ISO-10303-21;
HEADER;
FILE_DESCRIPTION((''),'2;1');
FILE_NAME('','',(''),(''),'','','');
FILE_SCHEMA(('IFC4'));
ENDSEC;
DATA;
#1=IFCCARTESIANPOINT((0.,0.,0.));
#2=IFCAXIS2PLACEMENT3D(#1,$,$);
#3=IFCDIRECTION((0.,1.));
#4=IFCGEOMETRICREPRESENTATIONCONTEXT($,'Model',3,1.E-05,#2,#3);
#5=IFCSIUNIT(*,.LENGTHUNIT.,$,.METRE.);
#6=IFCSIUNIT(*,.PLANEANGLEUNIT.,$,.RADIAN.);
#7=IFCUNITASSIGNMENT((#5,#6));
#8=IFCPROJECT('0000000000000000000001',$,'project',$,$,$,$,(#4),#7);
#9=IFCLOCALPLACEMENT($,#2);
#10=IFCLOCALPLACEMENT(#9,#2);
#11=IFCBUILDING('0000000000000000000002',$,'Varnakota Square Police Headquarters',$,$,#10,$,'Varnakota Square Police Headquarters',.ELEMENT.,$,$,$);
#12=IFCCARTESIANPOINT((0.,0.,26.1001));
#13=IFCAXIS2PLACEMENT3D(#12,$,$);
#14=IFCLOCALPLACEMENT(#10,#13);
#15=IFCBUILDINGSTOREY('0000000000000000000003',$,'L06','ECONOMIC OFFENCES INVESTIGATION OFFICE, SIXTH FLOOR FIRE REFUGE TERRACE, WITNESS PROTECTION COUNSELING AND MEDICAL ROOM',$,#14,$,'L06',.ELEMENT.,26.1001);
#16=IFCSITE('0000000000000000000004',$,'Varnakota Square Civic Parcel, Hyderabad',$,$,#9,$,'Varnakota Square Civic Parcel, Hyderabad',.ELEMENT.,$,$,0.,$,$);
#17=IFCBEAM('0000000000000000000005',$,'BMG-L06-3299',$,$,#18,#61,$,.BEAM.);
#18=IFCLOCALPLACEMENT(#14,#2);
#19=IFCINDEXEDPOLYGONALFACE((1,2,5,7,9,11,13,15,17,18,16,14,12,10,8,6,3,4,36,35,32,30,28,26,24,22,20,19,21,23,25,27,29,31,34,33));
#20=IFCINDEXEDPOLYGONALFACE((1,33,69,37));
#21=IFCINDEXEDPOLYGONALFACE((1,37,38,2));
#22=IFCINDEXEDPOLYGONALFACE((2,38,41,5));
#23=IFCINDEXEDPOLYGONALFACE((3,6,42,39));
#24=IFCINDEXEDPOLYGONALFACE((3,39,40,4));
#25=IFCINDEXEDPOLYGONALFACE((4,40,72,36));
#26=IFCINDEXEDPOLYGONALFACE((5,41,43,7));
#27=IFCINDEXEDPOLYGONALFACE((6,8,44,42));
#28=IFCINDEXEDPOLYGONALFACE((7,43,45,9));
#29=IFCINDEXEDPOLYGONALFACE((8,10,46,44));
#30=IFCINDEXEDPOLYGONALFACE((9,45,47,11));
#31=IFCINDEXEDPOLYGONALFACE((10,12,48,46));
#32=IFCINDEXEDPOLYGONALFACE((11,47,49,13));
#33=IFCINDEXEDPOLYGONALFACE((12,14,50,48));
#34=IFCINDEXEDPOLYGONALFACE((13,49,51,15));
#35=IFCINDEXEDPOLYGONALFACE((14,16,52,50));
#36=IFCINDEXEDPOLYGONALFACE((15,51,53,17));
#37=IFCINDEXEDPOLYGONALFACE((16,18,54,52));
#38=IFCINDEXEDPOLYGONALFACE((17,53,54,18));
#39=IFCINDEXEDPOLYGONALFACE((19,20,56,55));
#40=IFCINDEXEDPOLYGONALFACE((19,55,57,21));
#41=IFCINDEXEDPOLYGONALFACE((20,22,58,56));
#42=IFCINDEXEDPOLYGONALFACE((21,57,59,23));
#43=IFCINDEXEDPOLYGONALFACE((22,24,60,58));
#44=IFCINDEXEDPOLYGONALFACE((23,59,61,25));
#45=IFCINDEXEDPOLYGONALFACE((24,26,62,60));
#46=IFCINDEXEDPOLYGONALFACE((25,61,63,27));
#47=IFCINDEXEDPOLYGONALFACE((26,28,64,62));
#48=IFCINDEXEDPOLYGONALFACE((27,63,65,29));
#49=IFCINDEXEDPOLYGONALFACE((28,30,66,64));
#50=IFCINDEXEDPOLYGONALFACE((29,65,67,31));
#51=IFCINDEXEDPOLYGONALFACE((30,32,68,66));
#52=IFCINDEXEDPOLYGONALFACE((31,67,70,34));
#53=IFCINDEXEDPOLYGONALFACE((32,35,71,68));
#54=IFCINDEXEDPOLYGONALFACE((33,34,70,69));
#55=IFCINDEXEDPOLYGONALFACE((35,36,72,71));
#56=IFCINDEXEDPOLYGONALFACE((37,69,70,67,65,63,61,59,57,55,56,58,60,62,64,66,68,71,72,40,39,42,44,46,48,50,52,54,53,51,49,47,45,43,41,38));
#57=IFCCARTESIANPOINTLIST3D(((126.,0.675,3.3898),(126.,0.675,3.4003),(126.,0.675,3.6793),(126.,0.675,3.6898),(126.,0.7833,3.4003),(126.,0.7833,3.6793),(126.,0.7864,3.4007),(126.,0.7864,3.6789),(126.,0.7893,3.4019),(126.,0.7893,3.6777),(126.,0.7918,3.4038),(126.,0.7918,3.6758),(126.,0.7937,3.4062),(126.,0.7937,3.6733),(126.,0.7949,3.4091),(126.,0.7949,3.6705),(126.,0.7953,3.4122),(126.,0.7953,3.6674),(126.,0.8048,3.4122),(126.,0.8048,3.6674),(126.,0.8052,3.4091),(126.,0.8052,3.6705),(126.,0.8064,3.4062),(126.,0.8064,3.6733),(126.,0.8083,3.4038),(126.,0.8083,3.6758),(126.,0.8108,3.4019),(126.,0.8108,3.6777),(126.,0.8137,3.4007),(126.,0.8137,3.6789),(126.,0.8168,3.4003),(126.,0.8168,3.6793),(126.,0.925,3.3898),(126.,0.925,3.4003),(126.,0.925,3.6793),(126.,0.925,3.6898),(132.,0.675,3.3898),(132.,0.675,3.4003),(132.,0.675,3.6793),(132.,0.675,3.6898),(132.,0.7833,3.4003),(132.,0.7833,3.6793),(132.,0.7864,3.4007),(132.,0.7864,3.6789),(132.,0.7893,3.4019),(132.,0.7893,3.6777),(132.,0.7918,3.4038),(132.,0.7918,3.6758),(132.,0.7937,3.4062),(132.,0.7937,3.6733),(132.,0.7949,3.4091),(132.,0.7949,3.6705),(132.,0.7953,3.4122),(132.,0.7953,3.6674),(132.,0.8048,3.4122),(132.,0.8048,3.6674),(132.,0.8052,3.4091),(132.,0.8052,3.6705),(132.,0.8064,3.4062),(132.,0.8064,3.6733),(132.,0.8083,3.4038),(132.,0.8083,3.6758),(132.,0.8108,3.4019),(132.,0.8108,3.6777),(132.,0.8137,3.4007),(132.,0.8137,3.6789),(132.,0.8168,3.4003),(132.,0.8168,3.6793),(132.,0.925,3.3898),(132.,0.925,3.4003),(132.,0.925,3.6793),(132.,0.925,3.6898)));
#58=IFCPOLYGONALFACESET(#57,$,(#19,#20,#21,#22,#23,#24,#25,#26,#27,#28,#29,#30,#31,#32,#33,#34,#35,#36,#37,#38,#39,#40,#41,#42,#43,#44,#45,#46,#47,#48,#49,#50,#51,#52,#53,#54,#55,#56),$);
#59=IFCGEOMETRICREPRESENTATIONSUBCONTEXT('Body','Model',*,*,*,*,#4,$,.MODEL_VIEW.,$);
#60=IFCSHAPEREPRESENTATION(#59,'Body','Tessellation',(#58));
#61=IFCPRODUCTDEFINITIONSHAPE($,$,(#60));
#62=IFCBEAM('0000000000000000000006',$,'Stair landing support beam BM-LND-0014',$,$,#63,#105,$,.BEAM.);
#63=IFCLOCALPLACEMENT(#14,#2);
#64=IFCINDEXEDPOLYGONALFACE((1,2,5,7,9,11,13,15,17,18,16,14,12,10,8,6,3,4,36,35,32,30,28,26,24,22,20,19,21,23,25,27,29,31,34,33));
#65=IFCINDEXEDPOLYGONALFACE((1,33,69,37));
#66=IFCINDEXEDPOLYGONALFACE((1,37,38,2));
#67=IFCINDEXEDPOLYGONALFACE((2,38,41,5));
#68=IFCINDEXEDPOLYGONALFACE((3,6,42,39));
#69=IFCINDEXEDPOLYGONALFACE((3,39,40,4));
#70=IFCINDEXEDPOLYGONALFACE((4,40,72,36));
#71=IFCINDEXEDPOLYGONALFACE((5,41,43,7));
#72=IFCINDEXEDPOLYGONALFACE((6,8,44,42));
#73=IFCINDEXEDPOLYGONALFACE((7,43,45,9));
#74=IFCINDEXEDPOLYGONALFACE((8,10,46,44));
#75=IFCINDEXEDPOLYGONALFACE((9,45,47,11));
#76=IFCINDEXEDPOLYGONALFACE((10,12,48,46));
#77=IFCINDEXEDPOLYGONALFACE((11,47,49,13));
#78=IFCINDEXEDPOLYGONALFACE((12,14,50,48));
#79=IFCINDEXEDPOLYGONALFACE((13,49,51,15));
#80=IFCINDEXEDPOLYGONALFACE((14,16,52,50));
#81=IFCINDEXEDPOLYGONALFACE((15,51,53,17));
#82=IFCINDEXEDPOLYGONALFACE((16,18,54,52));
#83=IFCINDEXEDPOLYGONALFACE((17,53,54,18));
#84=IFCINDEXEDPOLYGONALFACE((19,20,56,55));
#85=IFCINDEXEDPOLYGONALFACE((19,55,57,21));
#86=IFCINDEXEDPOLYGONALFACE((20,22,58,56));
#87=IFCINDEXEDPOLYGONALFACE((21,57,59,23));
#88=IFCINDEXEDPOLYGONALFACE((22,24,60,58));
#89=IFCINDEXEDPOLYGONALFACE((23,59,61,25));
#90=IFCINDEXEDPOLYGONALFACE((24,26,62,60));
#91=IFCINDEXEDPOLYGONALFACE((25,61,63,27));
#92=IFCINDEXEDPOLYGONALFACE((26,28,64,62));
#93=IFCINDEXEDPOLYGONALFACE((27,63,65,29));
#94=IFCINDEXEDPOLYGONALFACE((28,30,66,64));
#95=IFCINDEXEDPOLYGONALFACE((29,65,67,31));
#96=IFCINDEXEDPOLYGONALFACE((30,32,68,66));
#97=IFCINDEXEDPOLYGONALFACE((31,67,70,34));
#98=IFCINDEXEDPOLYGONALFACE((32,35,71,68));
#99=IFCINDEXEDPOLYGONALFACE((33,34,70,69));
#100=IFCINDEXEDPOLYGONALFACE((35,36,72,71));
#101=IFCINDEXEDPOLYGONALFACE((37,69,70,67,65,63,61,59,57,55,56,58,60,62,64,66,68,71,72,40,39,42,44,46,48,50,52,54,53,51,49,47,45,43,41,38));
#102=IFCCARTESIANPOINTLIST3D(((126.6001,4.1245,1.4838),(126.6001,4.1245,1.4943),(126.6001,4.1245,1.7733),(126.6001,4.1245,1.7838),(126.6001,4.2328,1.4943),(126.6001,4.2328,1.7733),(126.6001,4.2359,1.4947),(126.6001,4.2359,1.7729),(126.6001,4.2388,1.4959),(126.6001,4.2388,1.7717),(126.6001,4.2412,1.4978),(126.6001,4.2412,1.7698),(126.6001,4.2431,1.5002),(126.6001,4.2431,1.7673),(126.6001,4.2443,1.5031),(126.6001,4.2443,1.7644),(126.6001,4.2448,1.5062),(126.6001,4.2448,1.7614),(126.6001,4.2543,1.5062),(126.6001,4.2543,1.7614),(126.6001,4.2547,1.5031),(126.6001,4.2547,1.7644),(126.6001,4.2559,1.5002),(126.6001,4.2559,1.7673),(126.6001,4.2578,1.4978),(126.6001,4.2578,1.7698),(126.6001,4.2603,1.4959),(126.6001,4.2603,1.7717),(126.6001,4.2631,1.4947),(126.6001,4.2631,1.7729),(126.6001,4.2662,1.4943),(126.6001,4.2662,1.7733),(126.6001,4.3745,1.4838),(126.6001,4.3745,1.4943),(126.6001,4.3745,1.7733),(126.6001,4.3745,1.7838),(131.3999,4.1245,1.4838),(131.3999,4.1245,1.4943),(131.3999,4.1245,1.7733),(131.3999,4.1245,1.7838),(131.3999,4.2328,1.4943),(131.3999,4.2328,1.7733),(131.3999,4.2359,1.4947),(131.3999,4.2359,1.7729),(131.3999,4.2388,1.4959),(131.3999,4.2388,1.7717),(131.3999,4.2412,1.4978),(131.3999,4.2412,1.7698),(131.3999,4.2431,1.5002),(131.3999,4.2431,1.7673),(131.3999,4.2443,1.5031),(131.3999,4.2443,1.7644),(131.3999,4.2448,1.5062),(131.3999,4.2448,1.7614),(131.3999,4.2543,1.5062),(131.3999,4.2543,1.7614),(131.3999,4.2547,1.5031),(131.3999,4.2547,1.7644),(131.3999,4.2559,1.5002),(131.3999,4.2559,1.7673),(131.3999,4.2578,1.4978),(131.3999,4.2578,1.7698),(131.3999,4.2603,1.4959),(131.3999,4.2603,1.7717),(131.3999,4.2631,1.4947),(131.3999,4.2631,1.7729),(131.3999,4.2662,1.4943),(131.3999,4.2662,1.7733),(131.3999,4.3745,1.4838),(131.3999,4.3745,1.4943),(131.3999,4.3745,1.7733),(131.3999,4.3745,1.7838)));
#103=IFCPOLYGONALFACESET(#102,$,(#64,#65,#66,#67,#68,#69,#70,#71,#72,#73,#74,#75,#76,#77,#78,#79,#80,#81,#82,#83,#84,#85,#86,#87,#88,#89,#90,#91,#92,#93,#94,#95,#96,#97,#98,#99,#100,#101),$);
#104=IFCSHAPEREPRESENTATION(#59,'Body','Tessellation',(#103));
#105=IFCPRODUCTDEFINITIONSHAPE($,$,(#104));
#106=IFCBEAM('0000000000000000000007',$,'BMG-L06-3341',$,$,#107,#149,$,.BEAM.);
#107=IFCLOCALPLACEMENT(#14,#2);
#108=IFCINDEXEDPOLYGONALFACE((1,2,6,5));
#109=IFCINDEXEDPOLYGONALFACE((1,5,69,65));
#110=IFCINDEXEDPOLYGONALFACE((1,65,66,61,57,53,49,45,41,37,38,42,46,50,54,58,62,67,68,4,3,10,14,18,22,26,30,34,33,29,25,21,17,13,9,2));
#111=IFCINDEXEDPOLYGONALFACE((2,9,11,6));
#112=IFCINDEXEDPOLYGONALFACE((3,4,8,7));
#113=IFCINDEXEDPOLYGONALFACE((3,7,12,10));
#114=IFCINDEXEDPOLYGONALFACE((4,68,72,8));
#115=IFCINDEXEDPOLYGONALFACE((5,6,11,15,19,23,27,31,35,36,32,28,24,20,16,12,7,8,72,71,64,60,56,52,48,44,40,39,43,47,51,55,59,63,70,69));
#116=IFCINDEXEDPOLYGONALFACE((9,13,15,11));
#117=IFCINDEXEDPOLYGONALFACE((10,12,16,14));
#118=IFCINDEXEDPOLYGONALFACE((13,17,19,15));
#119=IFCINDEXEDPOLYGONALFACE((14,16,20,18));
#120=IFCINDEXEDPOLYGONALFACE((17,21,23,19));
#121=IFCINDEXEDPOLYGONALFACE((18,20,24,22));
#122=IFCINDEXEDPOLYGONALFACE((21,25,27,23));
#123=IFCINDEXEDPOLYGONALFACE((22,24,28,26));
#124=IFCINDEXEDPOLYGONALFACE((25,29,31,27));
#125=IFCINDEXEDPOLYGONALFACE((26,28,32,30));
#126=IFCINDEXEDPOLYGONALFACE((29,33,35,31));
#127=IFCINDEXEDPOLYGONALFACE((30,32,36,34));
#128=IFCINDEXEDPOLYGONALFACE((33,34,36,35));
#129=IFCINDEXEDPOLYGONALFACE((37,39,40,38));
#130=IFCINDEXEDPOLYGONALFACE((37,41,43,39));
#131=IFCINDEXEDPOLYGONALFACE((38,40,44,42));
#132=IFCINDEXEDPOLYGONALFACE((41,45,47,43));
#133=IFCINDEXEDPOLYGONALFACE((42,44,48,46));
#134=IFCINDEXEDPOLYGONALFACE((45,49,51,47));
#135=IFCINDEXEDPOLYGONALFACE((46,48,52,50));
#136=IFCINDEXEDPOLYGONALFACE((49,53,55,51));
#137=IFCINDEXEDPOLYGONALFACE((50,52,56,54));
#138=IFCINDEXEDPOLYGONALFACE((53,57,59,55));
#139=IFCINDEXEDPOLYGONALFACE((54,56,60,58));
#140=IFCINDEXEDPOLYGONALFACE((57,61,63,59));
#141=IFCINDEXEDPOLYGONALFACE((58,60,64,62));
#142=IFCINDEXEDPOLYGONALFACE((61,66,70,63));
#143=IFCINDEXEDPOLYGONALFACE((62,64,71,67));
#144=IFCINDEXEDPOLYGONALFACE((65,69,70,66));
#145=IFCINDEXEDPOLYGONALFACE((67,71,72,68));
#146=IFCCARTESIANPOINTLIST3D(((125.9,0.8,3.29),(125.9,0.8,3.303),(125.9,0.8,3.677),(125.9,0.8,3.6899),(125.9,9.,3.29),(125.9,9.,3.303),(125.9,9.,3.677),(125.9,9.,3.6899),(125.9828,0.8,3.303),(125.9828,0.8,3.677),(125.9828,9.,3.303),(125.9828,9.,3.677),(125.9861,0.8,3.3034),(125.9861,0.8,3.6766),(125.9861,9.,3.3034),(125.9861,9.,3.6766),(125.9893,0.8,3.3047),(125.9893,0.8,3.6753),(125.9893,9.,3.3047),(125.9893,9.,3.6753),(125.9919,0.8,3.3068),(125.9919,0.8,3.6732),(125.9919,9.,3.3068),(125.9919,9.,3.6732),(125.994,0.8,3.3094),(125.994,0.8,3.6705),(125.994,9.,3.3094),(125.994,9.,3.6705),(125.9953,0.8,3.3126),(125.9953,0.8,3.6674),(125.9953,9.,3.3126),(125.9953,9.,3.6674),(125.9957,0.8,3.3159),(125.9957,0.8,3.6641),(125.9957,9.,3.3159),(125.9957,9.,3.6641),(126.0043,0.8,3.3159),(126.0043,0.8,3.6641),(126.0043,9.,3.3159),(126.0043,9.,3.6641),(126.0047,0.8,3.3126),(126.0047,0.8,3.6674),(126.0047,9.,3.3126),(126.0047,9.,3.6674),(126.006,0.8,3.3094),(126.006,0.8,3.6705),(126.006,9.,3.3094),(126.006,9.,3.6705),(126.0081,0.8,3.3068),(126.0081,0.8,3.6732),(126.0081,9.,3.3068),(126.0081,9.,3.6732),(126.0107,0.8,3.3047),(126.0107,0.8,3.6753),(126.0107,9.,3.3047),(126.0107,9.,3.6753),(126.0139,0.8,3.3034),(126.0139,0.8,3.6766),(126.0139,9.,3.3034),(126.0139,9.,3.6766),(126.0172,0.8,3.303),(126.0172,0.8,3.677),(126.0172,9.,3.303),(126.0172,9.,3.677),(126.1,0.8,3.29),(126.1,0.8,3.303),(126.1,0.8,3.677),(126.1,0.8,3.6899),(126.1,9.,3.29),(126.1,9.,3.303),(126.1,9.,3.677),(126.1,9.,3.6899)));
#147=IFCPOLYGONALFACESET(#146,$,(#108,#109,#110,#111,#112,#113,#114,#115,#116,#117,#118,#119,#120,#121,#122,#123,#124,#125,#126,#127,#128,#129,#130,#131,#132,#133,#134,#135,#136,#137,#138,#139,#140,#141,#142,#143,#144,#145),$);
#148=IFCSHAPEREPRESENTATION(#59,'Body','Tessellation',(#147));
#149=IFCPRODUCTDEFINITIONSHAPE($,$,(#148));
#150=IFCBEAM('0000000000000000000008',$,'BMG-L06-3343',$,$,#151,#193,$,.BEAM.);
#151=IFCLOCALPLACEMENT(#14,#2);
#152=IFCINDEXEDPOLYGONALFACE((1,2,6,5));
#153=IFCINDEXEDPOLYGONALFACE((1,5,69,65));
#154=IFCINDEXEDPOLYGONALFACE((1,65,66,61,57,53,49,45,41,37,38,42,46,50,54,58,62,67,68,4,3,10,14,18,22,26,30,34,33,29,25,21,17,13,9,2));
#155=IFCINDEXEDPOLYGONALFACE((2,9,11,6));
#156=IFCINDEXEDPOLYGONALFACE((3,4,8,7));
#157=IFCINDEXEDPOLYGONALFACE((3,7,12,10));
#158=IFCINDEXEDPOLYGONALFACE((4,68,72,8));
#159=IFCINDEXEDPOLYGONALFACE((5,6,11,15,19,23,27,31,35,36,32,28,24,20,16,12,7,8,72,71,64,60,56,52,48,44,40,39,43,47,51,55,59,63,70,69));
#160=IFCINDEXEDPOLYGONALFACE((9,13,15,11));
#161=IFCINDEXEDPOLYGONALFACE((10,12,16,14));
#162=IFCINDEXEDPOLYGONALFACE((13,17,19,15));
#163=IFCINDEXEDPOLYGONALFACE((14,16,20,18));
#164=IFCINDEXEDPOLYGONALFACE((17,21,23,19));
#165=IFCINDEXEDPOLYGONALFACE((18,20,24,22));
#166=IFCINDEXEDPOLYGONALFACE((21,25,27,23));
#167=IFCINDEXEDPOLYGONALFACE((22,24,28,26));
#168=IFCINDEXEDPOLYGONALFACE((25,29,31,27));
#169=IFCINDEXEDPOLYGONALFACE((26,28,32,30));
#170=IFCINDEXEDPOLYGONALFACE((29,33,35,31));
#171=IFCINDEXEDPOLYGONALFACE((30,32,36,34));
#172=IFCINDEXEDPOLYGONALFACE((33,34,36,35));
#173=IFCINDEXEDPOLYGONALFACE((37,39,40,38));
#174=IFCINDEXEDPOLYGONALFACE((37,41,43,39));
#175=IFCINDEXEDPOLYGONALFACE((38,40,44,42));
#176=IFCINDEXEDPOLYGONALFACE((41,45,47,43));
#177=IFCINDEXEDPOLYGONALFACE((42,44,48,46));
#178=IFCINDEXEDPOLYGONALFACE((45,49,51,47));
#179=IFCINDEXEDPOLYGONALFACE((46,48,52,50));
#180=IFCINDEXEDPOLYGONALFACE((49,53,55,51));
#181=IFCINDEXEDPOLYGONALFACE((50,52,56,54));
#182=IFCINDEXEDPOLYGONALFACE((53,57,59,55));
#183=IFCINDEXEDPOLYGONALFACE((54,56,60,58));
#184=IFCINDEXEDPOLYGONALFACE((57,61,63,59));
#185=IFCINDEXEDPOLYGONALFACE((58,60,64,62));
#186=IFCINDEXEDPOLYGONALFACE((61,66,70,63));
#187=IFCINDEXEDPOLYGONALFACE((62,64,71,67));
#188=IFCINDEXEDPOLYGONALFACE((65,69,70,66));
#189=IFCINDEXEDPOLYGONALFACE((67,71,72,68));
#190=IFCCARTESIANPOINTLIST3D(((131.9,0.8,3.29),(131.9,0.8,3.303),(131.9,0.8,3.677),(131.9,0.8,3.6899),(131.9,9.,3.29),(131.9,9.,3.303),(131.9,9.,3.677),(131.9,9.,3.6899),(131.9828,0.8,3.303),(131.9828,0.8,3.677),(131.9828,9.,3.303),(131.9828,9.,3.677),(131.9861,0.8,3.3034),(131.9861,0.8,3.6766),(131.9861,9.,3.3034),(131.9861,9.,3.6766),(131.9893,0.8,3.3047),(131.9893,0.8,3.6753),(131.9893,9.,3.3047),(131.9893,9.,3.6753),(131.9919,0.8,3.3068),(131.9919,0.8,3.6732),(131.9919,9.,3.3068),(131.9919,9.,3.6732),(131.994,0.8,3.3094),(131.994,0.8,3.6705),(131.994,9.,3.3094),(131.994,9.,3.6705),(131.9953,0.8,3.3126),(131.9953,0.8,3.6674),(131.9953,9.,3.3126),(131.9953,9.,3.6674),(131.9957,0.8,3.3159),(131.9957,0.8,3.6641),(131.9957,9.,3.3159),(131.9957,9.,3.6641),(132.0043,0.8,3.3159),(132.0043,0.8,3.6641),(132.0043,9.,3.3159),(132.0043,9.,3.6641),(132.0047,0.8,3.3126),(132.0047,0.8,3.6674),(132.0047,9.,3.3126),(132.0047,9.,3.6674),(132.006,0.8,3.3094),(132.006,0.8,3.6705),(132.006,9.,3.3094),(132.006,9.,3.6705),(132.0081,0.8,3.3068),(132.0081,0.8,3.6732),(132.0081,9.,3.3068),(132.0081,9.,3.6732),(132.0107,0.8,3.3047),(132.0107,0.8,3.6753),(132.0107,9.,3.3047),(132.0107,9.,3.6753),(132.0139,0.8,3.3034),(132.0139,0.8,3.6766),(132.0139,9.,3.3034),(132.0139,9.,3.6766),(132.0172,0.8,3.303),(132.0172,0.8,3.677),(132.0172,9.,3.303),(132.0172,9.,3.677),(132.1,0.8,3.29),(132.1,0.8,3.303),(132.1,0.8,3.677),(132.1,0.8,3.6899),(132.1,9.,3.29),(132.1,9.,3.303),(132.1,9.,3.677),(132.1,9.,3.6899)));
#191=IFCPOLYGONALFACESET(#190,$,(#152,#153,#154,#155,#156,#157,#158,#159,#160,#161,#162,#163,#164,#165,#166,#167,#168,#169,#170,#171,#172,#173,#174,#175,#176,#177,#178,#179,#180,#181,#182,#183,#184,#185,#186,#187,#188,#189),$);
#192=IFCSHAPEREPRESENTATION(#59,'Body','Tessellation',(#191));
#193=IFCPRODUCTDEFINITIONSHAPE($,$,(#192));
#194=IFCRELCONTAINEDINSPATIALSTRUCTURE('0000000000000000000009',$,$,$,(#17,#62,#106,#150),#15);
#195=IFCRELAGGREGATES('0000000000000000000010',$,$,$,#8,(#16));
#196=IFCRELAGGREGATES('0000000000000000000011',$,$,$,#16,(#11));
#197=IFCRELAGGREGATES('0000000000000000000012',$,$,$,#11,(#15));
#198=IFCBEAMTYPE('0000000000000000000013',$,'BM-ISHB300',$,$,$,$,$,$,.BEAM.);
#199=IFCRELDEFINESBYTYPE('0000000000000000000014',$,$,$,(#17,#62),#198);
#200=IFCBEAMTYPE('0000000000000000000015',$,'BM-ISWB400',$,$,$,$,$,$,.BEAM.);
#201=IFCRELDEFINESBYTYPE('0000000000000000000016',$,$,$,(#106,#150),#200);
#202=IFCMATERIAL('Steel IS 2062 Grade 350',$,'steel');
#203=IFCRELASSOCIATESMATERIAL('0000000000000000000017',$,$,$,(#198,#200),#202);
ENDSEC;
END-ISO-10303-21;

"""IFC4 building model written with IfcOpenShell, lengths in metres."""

from ifc_helpers import new_model, si_unit, direction, frame, origin, origin_2d, place, context, subcontext, project, spatial, i_section, extrude, material, material_profile, profile_set, type_object, element, save


model = new_model("IFC4")

# Units and contexts
model_context = context("Model", 3, precision=1e-05, world=origin(), true_north=direction((0.0, 1.0)))
body_context = subcontext(model_context, "Body", "Model", "MODEL_VIEW")
ifc_project = project(units=[si_unit("LENGTHUNIT", "METRE"), si_unit("PLANEANGLEUNIT", "RADIAN")], contexts=[model_context])

# Site, building, storey
site_placement = place(None, origin())
site = spatial("IfcSite", under=ifc_project, at=site_placement, Name="Varnakota Square Civic Parcel, Hyderabad", LongName="Varnakota Square Civic Parcel, Hyderabad", CompositionType="ELEMENT", RefElevation=0.0)
building_placement = place(site_placement, origin())
building = spatial("IfcBuilding", under=site, at=building_placement, Name="Varnakota Square Police Headquarters", LongName="Varnakota Square Police Headquarters", CompositionType="ELEMENT")
storey_placement = place(building_placement, frame((0.0, 0.0, 26.1001)))
storey = spatial("IfcBuildingStorey", under=building, at=storey_placement, Name="L06", Description="ECONOMIC OFFENCES INVESTIGATION OFFICE, SIXTH FLOOR FIRE REFUGE TERRACE, WITNESS PROTECTION COUNSELING AND MEDICAL ROOM", LongName="L06", CompositionType="ELEMENT", Elevation=26.1001)

# Shared definitions
ifc_material_1 = material(Name="Steel IS 2062 Grade 350", Category="steel")

# Beams
ifc_material_profile_1 = material_profile(ifc_material_1, i_section(OverallWidth=0.25, OverallDepth=0.3, WebThickness=0.0095, FlangeThickness=0.0105, FilletRadius=0.012, at=origin_2d()), Name="ISHB 300")
ifc_profile_set_1 = profile_set([ifc_material_profile_1], Name="Steel IS 2062 Grade 350")
beam_type_1 = type_object("IfcBeamType", Name="BM-ISHB300", PredefinedType="BEAM", material=ifc_profile_set_1)
beam_1_placement = place(storey_placement, frame((126.0, 0.8, 3.5398), z_axis=(1.0, 0.0, 0.0), x_axis=(0.0, 1.0, 0.0)))
element("IfcBeam", 1, at=beam_1_placement, inside=storey, type_object=beam_type_1, Name="BMG-L06-3299", PredefinedType="BEAM", context=body_context, shape_type="SweptSolid", body=[
    extrude(i_section(OverallWidth=0.25, OverallDepth=0.3, WebThickness=0.0095, FlangeThickness=0.0105, FilletRadius=0.012, at=origin_2d()), origin(), (0.0, 0.0, 1.0), 6.0),
])
beam_2_placement = place(storey_placement, frame((126.6001, 4.2495, 1.6338), z_axis=(1.0, 0.0, 0.0), x_axis=(0.0, 1.0, 0.0)))
element("IfcBeam", 2, at=beam_2_placement, inside=storey, type_object=beam_type_1, Name="Stair landing support beam BM-LND-0014", PredefinedType="BEAM", context=body_context, shape_type="SweptSolid", body=[
    extrude(i_section(OverallWidth=0.25, OverallDepth=0.3, WebThickness=0.0095, FlangeThickness=0.0105, FilletRadius=0.012, at=origin_2d()), origin(), (0.0, 0.0, 1.0), 4.7998),
])
ifc_material_profile_2 = material_profile(ifc_material_1, i_section(OverallWidth=0.2, OverallDepth=0.3999, WebThickness=0.0085, FlangeThickness=0.0129, FilletRadius=0.0129, at=origin_2d()), Name="ISWB 400")
ifc_profile_set_2 = profile_set([ifc_material_profile_2], Name="Steel IS 2062 Grade 350")
beam_type_2 = type_object("IfcBeamType", Name="BM-ISWB400", PredefinedType="BEAM", material=ifc_profile_set_2)
for number, where, z_axis, x_axis, name in (
    (3, (126.0, 0.8, 3.49), (0.0, 1.0, 0.0), (-1.0, 0.0, 0.0), "BMG-L06-3341"),
    (4, (132.0, 0.8, 3.49), (0.0, 1.0, 0.0), (-1.0, 0.0, 0.0), "BMG-L06-3343"),
):
    element("IfcBeam", number, at=place(storey_placement, frame(where, z_axis=z_axis, x_axis=x_axis)), inside=storey, type_object=beam_type_2, Name=name, PredefinedType="BEAM", context=body_context, shape_type="SweptSolid", body=[
        extrude(i_section(OverallWidth=0.2, OverallDepth=0.3999, WebThickness=0.0085, FlangeThickness=0.0129, FilletRadius=0.0129, at=origin_2d()), origin(), (0.0, 0.0, 1.0), 8.2),
    ])

save(model, "model.ifc")
